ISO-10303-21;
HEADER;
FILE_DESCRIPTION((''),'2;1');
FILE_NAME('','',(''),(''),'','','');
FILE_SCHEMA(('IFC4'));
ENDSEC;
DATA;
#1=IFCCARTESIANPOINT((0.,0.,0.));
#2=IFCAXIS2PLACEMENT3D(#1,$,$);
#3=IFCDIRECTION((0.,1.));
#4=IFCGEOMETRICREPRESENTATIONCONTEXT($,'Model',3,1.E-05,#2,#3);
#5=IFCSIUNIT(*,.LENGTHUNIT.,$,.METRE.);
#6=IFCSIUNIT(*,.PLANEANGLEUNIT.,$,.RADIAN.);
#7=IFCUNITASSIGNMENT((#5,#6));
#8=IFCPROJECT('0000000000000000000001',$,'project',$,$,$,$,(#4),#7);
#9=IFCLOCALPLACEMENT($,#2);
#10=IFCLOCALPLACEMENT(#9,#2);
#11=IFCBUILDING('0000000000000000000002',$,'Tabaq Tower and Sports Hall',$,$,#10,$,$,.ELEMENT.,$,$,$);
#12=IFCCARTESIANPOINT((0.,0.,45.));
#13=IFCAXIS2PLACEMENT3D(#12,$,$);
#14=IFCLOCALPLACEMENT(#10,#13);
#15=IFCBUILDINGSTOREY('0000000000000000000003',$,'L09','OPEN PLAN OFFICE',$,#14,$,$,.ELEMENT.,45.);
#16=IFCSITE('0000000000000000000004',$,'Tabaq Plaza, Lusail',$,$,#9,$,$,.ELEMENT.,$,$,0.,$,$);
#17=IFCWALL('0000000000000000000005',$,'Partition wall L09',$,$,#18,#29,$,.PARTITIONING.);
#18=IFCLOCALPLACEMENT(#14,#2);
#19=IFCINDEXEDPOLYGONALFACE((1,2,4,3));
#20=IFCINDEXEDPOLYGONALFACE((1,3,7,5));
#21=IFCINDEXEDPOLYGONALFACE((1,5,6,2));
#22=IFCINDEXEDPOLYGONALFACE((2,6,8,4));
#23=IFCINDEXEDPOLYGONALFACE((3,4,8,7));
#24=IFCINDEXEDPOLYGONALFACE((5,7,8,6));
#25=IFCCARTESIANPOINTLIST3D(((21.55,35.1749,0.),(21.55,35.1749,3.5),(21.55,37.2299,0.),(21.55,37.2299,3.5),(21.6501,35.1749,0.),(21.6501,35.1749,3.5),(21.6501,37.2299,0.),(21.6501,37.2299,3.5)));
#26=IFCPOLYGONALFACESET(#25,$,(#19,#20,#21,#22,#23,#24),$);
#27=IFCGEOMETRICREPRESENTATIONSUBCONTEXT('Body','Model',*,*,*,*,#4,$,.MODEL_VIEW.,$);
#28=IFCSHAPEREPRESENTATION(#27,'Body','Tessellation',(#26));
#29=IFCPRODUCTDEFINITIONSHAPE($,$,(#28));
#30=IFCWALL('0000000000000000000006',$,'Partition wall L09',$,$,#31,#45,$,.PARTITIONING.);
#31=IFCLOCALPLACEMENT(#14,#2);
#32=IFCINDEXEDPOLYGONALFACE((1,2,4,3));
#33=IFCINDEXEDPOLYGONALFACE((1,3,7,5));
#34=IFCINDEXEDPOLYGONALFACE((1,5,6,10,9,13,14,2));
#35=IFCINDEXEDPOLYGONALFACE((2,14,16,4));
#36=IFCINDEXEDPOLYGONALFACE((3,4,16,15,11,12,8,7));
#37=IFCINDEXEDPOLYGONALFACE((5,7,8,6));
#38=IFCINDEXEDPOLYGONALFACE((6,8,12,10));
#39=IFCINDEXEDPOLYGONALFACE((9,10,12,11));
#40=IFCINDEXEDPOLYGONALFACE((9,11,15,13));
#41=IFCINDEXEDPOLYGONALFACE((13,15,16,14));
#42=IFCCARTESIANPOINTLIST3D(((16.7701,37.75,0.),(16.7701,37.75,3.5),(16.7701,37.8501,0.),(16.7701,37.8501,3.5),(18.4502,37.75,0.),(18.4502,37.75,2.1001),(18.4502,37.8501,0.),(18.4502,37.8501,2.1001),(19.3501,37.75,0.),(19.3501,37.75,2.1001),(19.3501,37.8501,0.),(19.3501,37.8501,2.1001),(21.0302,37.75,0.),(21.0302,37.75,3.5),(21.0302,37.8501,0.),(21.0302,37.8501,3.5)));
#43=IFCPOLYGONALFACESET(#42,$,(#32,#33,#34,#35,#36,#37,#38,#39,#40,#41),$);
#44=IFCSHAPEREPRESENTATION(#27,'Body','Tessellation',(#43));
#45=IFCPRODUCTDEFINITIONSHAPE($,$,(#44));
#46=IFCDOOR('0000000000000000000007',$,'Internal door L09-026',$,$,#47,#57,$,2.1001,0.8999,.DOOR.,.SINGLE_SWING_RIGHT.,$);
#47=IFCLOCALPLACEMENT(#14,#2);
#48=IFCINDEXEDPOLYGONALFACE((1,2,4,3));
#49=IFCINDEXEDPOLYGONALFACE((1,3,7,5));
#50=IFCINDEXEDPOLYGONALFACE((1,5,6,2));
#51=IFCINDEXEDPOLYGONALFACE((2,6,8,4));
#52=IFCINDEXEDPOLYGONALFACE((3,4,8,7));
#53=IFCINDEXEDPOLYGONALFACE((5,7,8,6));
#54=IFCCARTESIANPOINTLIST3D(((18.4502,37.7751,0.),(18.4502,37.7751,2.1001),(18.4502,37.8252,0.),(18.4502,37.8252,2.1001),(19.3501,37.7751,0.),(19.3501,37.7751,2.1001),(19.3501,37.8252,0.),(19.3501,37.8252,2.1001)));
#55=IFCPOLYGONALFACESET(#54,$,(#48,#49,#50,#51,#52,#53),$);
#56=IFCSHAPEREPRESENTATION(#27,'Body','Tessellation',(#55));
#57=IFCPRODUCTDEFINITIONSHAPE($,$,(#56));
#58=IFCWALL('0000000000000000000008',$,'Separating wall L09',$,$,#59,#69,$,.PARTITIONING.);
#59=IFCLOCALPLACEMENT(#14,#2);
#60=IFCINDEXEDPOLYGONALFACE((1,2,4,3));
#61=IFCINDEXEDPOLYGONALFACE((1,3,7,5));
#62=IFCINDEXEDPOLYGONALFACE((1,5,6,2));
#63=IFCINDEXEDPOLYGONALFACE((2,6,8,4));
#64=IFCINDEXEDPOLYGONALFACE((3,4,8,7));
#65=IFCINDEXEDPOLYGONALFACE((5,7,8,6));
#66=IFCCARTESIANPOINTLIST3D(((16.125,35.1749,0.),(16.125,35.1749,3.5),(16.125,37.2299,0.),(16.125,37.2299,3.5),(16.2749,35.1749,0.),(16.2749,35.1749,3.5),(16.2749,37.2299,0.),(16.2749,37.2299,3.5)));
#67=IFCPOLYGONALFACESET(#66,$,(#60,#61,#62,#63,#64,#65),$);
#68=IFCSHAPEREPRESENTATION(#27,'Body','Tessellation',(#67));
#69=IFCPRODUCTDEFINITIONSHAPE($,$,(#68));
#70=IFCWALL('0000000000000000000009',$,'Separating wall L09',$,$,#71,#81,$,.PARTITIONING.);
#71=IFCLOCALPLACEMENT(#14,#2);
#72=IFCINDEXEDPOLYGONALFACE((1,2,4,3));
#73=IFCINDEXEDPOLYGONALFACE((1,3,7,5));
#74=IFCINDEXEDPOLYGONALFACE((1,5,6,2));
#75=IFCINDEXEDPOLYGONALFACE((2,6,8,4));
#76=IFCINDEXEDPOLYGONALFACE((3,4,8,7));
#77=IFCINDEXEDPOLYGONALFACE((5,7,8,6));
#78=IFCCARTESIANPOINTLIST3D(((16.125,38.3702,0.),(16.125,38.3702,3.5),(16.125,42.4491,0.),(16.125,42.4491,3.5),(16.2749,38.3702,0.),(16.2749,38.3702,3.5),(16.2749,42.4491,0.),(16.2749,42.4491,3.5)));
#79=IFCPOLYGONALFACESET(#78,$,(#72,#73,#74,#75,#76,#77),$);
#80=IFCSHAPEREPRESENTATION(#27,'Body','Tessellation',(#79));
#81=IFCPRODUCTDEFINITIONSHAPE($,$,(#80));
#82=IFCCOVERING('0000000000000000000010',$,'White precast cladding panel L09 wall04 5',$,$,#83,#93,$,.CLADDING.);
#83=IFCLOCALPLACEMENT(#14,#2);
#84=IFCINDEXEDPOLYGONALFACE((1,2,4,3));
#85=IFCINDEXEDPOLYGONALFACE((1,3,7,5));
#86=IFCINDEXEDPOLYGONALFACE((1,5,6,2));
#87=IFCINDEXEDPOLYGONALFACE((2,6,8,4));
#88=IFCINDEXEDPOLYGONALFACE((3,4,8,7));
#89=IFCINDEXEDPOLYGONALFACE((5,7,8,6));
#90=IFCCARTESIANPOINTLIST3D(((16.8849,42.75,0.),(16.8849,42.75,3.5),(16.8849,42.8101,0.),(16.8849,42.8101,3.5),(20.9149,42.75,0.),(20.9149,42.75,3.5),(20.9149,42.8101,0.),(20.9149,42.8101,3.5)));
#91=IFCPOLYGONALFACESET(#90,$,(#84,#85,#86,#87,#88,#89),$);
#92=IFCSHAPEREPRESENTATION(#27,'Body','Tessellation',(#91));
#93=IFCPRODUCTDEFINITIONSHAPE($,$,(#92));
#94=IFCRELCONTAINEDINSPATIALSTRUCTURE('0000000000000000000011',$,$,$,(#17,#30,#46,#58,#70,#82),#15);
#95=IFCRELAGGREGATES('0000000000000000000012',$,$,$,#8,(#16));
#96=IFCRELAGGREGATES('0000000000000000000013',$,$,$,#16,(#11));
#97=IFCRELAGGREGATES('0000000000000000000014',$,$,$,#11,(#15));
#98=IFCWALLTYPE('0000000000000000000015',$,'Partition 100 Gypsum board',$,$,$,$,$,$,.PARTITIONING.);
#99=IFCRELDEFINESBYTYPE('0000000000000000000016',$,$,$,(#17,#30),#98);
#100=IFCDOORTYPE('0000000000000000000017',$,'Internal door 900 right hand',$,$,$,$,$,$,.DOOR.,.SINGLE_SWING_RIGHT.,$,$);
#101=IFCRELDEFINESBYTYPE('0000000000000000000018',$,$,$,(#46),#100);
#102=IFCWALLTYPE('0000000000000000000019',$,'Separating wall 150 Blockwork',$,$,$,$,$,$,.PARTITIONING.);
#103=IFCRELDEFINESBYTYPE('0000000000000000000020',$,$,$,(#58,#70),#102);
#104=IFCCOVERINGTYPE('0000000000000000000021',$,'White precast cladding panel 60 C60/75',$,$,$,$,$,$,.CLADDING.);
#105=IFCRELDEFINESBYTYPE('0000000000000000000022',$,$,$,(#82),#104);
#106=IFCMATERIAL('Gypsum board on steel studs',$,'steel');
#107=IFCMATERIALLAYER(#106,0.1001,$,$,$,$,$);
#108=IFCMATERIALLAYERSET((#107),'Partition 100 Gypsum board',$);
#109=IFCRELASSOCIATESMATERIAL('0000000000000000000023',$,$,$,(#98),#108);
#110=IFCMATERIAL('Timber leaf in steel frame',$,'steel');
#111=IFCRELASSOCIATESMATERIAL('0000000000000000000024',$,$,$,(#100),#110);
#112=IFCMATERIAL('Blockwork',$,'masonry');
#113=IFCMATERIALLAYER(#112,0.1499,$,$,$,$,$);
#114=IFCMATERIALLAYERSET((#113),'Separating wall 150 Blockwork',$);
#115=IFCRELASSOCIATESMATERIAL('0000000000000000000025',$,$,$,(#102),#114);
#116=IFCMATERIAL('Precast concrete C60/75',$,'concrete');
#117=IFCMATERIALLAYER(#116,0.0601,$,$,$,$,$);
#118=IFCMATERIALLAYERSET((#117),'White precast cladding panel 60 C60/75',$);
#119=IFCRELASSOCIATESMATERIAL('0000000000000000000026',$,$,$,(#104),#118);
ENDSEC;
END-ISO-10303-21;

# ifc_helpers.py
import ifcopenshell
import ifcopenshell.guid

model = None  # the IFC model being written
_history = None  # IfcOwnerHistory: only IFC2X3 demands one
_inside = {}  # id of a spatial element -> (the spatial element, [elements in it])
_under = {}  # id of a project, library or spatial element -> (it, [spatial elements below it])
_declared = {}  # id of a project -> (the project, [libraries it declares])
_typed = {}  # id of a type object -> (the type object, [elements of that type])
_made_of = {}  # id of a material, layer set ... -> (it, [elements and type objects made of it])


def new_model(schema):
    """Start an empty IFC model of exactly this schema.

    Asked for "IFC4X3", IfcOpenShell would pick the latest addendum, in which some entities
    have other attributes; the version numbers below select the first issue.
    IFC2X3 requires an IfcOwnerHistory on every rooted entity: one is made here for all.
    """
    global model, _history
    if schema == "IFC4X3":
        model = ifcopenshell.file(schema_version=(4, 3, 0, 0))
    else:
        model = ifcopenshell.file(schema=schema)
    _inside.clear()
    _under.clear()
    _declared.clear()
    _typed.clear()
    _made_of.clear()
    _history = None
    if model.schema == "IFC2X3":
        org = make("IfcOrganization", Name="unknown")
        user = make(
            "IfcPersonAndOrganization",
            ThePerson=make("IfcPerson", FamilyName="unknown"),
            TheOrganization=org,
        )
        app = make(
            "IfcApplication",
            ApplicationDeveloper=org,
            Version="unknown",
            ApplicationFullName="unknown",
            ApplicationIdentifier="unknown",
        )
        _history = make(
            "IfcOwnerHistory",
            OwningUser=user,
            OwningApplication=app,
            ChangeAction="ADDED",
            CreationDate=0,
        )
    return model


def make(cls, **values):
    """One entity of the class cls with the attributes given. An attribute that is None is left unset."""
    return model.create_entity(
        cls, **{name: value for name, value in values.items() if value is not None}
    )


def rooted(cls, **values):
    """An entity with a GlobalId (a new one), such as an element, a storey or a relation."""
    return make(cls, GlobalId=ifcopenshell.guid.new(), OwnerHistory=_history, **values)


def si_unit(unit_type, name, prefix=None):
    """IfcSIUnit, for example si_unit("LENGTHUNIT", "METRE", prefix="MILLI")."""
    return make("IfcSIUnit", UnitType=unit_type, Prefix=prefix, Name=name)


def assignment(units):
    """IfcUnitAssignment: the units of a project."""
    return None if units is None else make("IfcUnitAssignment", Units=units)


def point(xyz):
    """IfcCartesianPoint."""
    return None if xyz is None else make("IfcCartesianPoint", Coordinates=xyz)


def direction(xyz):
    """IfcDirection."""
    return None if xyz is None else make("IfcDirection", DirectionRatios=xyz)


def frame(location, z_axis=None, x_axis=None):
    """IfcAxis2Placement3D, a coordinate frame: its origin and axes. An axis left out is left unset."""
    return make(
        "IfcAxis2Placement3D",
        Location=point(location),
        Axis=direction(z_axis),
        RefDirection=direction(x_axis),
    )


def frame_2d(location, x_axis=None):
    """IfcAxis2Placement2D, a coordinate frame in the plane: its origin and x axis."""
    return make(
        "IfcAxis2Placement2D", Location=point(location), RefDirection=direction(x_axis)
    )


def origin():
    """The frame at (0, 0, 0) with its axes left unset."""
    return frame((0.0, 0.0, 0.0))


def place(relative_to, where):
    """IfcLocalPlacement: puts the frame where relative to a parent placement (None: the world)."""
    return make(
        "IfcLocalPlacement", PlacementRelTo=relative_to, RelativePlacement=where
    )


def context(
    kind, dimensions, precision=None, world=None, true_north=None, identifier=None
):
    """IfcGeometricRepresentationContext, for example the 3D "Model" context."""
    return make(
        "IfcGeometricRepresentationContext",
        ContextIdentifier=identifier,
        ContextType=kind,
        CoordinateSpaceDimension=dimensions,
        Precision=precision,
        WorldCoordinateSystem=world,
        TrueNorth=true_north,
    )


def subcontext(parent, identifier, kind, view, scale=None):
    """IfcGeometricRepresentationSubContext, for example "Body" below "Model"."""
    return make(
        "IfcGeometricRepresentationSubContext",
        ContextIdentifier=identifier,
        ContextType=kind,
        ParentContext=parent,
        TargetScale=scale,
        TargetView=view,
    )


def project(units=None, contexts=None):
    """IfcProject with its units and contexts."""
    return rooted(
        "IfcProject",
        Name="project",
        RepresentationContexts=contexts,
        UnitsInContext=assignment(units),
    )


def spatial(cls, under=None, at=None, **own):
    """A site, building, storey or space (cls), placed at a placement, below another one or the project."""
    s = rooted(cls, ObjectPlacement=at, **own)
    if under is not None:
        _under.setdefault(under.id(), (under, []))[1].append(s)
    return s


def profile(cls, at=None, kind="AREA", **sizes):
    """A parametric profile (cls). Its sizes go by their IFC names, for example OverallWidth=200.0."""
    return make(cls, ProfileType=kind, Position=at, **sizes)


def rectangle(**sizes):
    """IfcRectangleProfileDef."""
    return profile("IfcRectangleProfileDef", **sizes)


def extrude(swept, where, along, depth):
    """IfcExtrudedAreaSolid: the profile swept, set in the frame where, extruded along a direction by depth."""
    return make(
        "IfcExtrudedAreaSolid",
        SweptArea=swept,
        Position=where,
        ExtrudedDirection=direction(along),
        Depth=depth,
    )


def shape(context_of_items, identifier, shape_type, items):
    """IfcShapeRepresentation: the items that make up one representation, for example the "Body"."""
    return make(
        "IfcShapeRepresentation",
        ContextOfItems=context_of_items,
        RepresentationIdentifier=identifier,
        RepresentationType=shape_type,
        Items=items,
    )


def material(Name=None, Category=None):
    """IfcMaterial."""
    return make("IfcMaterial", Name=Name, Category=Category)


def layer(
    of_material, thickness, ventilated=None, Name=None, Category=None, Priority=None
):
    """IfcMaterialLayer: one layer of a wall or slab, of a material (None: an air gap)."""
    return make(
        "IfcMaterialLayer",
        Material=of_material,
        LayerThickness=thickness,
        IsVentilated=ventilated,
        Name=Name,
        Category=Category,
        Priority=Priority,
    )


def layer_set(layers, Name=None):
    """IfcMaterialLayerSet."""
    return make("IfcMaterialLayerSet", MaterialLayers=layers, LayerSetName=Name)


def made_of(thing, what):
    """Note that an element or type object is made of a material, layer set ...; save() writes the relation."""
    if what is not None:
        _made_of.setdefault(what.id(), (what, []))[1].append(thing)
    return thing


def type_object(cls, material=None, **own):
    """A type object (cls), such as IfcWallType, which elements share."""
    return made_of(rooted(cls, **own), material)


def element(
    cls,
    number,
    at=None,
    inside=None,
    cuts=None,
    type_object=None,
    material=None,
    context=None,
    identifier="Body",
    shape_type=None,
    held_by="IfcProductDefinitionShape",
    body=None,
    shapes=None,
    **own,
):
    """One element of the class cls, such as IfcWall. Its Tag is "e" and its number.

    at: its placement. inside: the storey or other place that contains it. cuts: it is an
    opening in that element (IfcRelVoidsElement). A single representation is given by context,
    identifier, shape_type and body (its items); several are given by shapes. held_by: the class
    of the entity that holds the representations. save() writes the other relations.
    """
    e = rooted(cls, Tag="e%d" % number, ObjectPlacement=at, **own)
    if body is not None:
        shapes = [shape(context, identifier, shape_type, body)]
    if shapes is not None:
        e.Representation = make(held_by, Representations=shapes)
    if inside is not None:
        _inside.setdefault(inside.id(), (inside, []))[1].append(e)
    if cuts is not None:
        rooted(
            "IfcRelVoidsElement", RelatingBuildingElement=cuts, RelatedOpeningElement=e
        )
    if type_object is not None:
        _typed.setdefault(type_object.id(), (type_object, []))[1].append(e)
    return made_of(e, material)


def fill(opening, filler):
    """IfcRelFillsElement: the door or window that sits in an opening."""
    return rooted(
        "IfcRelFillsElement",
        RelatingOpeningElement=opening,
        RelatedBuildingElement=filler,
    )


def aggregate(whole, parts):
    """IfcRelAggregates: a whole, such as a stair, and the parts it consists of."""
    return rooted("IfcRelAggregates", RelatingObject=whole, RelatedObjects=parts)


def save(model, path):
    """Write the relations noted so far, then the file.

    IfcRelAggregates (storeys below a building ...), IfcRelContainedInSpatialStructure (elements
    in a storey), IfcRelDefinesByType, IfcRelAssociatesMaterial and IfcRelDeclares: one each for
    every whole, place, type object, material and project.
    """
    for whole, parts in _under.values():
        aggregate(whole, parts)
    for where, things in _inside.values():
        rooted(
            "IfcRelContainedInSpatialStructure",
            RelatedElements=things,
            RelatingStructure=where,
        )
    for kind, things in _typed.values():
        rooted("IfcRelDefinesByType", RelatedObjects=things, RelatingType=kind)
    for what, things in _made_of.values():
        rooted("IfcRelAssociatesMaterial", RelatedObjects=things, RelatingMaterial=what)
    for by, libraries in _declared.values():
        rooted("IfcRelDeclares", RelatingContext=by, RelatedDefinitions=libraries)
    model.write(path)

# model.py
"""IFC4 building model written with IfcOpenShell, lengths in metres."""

from ifc_helpers import new_model, si_unit, direction, frame, frame_2d, origin, place, context, subcontext, project, spatial, rectangle, extrude, material, layer, layer_set, type_object, element, fill, save


model = new_model("IFC4")

# Units and contexts
model_context = context("Model", 3, precision=1e-05, world=origin(), true_north=direction((0.0, 1.0)))
body_context = subcontext(model_context, "Body", "Model", "MODEL_VIEW")
ifc_project = project(units=[si_unit("LENGTHUNIT", "METRE"), si_unit("PLANEANGLEUNIT", "RADIAN")], contexts=[model_context])

# Site, building, storey
site_placement = place(None, origin())
site = spatial("IfcSite", under=ifc_project, at=site_placement, Name="Tabaq Plaza, Lusail", CompositionType="ELEMENT", RefElevation=0.0)
building_placement = place(site_placement, origin())
building = spatial("IfcBuilding", under=site, at=building_placement, Name="Tabaq Tower and Sports Hall", CompositionType="ELEMENT")
storey_placement = place(building_placement, frame((0.0, 0.0, 45.0)))
storey = spatial("IfcBuildingStorey", under=building, at=storey_placement, Name="L09", Description="OPEN PLAN OFFICE", CompositionType="ELEMENT", Elevation=45.0)

# Wall
ifc_material_1 = material(Name="Gypsum board on steel studs", Category="steel")
ifc_layer_1 = layer(ifc_material_1, 0.1001)
ifc_layer_set_1 = layer_set([ifc_layer_1], Name="Partition 100 Gypsum board")
wall_type_1 = type_object("IfcWallType", Name="Partition 100 Gypsum board", PredefinedType="PARTITIONING", material=ifc_layer_set_1)
wall_1_placement = place(storey_placement, frame((21.6001, 35.175, 0.0), z_axis=(0.0, 0.0, 1.0), x_axis=(0.0, 1.0, 0.0)))
element("IfcWall", 1, at=wall_1_placement, inside=storey, type_object=wall_type_1, Name="Partition wall L09", PredefinedType="PARTITIONING", context=body_context, shape_type="SweptSolid", body=[
    extrude(rectangle(XDim=2.0549, YDim=0.1001, at=frame_2d((1.0273, 0.0))), origin(), (0.0, 0.0, 1.0), 3.5),
])

# Wall, opening, door
wall_2_placement = place(storey_placement, frame((21.03, 37.8, 0.0), z_axis=(0.0, 0.0, 1.0), x_axis=(-1.0, 0.0, 0.0)))
wall_2 = element("IfcWall", 2, at=wall_2_placement, inside=storey, type_object=wall_type_1, Name="Partition wall L09", PredefinedType="PARTITIONING", context=body_context, shape_type="SweptSolid", body=[
    extrude(rectangle(XDim=4.26, YDim=0.1001, at=frame_2d((2.1299, 0.0))), origin(), (0.0, 0.0, 1.0), 3.5),
])
opening_placement = place(wall_2_placement, frame((1.6799, 0.0, 0.0)))
opening = element("IfcOpeningElement", 3, at=opening_placement, cuts=wall_2, PredefinedType="OPENING", context=body_context, shape_type="SweptSolid", body=[
    extrude(rectangle(XDim=0.8999, YDim=2.1001, at=frame_2d((0.45, 1.05))), frame((0.0, 0.05, 0.0), z_axis=(0.0, -1.0, 0.0), x_axis=(1.0, 0.0, 0.0)), (0.0, 0.0, 1.0), 0.1001),
])
ifc_material_2 = material(Name="Timber leaf in steel frame", Category="steel")
door_type = type_object("IfcDoorType", Name="Internal door 900 right hand", OperationType="SINGLE_SWING_RIGHT", PredefinedType="DOOR", material=ifc_material_2)
door_placement = place(opening_placement, origin())
door = element("IfcDoor", 4, at=door_placement, inside=storey, type_object=door_type, Name="Internal door L09-026", OperationType="SINGLE_SWING_RIGHT", OverallHeight=2.1001, OverallWidth=0.8999, PredefinedType="DOOR", context=body_context, shape_type="SweptSolid", body=[
    extrude(rectangle(XDim=0.8999, YDim=2.1001, at=frame_2d((0.45, 1.05))), frame((0.0, 0.0249, 0.0), z_axis=(0.0, -1.0, 0.0), x_axis=(1.0, 0.0, 0.0)), (0.0, 0.0, 1.0), 0.05),
])
fill(opening, door)

# Walls
ifc_material_3 = material(Name="Blockwork", Category="masonry")
ifc_layer_2 = layer(ifc_material_3, 0.1499)
ifc_layer_set_2 = layer_set([ifc_layer_2], Name="Separating wall 150 Blockwork")
wall_type_2 = type_object("IfcWallType", Name="Separating wall 150 Blockwork", PredefinedType="PARTITIONING", material=ifc_layer_set_2)
wall_3_placement = place(storey_placement, frame((16.2, 35.175, 0.0), z_axis=(0.0, 0.0, 1.0), x_axis=(0.0, 1.0, 0.0)))
element("IfcWall", 5, at=wall_3_placement, inside=storey, type_object=wall_type_2, Name="Separating wall L09", PredefinedType="PARTITIONING", context=body_context, shape_type="SweptSolid", body=[
    extrude(rectangle(XDim=2.0549, YDim=0.1499, at=frame_2d((1.0273, 0.0))), origin(), (0.0, 0.0, 1.0), 3.5),
])
wall_4_placement = place(storey_placement, frame((16.2, 38.3701, 0.0), z_axis=(0.0, 0.0, 1.0), x_axis=(0.0, 1.0, 0.0)))
element("IfcWall", 6, at=wall_4_placement, inside=storey, type_object=wall_type_2, Name="Separating wall L09", PredefinedType="PARTITIONING", context=body_context, shape_type="SweptSolid", body=[
    extrude(rectangle(XDim=4.0789, YDim=0.1499, at=frame_2d((2.0396, 0.0))), origin(), (0.0, 0.0, 1.0), 3.5),
])

# Covering
ifc_material_4 = material(Name="Precast concrete C60/75", Category="concrete")
ifc_layer_3 = layer(ifc_material_4, 0.0601)
ifc_layer_set_3 = layer_set([ifc_layer_3], Name="White precast cladding panel 60 C60/75")
covering_type = type_object("IfcCoveringType", Name="White precast cladding panel 60 C60/75", PredefinedType="CLADDING", material=ifc_layer_set_3)
covering_placement = place(storey_placement, frame((20.915, 42.78, 0.0), z_axis=(0.0, 0.0, 1.0), x_axis=(-1.0, 0.0, 0.0)))
element("IfcCovering", 7, at=covering_placement, inside=storey, type_object=covering_type, Name="White precast cladding panel L09 wall04 5", PredefinedType="CLADDING", context=body_context, shape_type="SweptSolid", body=[
    extrude(rectangle(XDim=4.03, YDim=0.0601, at=frame_2d((2.0151, 0.0))), origin(), (0.0, 0.0, 1.0), 3.5),
])

save(model, "model.ifc")
